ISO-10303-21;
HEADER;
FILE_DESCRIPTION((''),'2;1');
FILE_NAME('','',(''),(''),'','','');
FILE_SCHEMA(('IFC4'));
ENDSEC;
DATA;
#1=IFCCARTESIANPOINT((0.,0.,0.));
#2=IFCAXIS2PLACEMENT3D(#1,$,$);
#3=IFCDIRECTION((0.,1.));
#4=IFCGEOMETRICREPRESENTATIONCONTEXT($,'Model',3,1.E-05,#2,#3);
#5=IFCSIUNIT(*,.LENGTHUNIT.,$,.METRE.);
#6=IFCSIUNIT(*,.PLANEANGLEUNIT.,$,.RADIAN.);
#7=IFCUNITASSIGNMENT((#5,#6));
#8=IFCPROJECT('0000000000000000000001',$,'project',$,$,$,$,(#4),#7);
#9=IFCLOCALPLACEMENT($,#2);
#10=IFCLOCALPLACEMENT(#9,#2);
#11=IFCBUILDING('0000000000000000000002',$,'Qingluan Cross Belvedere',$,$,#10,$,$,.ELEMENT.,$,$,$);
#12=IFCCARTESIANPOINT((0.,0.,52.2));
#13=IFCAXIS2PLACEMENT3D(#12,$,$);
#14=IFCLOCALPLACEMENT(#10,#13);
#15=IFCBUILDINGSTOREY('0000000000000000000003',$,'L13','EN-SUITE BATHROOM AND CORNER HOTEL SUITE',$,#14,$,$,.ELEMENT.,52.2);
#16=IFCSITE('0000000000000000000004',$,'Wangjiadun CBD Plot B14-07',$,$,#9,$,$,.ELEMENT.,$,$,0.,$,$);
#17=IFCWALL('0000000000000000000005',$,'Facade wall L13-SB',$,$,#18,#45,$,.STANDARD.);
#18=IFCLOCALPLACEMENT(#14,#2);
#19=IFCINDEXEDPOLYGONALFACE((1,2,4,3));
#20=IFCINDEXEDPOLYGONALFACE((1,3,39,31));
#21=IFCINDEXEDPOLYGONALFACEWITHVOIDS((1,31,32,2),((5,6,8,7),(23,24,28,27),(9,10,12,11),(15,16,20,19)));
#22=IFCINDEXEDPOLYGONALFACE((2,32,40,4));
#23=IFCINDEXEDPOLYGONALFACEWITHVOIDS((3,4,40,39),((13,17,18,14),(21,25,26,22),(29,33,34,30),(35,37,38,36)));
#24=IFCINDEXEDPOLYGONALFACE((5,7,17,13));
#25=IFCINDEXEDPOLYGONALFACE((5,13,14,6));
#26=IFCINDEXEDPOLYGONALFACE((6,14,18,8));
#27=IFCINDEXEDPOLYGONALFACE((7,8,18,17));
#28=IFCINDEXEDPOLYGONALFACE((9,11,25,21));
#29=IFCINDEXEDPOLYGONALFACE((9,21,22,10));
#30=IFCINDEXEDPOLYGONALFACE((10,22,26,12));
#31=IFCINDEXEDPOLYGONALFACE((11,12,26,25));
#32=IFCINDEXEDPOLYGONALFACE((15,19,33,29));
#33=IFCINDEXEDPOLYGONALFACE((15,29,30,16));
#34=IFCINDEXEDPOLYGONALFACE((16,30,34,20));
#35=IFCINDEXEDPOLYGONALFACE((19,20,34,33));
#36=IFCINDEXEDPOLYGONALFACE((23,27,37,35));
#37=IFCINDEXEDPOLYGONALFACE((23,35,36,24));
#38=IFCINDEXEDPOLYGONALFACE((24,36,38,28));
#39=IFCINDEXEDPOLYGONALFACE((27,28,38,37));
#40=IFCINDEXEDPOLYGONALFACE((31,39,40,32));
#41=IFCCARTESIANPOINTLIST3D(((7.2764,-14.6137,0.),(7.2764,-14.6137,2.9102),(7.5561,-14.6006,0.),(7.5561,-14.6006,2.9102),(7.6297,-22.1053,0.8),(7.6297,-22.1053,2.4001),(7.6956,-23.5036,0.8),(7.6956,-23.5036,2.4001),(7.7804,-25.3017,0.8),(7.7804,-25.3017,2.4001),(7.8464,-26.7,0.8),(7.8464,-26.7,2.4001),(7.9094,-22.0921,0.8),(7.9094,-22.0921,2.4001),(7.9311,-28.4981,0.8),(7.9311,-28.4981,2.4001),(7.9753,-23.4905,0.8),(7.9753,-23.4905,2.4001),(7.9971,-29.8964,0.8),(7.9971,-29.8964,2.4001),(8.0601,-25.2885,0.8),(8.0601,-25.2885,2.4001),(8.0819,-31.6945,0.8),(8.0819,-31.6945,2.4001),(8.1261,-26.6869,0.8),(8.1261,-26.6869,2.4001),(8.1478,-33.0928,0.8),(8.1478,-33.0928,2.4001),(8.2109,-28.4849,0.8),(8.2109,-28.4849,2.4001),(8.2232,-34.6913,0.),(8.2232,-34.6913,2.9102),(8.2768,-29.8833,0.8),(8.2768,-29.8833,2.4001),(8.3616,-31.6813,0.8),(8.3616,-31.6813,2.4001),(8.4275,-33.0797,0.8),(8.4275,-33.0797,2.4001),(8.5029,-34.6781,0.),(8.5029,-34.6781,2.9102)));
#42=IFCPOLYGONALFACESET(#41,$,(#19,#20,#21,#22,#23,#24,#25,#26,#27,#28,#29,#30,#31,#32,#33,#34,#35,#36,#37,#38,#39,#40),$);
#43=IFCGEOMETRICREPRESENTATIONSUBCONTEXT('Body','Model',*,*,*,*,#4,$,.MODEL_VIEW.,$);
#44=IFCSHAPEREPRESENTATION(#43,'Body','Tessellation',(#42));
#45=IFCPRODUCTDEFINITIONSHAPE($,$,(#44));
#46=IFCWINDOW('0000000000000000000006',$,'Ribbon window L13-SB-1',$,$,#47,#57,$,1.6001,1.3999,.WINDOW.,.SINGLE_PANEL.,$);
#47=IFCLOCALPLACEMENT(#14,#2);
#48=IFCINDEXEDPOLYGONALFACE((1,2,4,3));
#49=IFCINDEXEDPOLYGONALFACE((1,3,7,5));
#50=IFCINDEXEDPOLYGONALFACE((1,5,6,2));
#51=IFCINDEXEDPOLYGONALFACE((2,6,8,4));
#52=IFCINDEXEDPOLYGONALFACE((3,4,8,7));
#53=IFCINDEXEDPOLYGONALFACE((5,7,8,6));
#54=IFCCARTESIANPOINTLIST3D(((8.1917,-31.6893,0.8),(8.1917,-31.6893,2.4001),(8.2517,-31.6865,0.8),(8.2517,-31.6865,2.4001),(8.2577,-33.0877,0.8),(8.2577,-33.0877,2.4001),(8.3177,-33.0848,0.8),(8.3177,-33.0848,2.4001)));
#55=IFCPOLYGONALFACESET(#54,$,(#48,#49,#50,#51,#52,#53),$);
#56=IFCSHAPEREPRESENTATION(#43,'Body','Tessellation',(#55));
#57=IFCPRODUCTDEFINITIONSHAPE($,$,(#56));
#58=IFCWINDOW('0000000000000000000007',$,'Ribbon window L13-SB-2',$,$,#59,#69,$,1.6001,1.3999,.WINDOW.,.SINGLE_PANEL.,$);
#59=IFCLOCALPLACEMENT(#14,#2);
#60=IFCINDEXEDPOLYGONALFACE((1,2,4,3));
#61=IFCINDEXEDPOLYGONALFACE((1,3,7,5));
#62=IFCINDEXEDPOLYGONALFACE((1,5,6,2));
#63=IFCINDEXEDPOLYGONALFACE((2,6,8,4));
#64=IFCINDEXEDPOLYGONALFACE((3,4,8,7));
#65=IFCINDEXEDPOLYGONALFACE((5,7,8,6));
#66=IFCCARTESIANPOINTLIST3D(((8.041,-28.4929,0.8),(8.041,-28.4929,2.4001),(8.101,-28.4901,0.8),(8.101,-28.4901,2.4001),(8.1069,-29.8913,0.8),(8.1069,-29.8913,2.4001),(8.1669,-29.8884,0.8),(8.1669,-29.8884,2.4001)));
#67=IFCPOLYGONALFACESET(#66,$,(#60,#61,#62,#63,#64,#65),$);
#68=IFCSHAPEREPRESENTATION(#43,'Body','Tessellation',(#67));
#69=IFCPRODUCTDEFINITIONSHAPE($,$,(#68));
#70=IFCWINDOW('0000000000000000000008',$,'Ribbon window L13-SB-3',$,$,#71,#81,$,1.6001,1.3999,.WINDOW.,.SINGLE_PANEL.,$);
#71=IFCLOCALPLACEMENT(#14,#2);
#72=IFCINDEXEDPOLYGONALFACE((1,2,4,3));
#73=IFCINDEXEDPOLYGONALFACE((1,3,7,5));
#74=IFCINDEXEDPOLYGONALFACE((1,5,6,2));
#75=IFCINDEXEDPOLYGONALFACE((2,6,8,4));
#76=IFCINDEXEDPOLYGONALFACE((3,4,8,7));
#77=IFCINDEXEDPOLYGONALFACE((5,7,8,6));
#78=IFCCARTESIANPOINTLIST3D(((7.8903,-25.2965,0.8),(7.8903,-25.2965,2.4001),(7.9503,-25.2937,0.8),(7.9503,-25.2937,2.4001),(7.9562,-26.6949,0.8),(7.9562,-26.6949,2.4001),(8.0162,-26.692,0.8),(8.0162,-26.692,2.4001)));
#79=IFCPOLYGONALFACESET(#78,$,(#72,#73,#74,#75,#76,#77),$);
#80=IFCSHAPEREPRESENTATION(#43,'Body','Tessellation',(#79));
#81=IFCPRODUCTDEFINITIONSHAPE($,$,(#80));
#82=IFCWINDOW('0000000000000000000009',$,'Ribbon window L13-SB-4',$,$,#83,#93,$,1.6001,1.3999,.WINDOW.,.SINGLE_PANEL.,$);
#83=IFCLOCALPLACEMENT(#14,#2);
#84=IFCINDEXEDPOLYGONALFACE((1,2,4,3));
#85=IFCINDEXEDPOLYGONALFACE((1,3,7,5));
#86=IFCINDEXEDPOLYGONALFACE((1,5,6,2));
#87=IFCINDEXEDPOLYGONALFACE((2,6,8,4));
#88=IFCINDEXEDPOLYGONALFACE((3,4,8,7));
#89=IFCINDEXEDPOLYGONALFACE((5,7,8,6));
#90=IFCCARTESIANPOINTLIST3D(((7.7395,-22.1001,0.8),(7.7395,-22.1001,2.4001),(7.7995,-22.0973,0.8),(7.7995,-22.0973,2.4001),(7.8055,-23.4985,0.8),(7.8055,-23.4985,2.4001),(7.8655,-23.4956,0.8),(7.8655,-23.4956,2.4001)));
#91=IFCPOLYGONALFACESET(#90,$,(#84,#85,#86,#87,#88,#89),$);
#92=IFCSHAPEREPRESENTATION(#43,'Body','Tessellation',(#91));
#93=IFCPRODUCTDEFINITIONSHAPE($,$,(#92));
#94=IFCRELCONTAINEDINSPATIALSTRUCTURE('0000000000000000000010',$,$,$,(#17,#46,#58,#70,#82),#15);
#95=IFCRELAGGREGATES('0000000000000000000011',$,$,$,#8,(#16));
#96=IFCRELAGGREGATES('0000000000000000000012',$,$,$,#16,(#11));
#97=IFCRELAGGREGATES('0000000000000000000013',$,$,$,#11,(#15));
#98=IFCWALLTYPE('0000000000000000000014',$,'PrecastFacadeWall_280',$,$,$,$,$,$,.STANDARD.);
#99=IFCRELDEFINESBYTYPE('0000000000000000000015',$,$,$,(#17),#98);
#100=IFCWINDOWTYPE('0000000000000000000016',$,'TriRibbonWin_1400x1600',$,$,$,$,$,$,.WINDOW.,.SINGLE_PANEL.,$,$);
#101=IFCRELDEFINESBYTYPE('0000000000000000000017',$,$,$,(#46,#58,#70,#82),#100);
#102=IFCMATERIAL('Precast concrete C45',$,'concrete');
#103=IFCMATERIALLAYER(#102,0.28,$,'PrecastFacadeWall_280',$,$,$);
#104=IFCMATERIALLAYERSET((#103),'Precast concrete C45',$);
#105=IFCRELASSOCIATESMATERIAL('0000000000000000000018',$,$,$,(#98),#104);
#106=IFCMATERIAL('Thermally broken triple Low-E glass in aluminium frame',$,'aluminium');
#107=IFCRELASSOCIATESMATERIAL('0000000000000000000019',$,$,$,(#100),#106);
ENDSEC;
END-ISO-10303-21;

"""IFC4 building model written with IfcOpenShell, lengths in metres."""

from ifc_helpers import new_model, si_unit, direction, frame, frame_2d, origin, place, context, subcontext, project, spatial, rectangle, extrude, material, layer, layer_set, type_object, element, fill, save


model = new_model("IFC4")

# Units and contexts
model_context = context("Model", 3, precision=1e-05, world=origin(), true_north=direction((0.0, 1.0)))
body_context = subcontext(model_context, "Body", "Model", "MODEL_VIEW")
ifc_project = project(units=[si_unit("LENGTHUNIT", "METRE"), si_unit("PLANEANGLEUNIT", "RADIAN")], contexts=[model_context])

# Site, building, storey
site_placement = place(None, origin())
site = spatial("IfcSite", under=ifc_project, at=site_placement, Name="Wangjiadun CBD Plot B14-07", CompositionType="ELEMENT", RefElevation=0.0)
building_placement = place(site_placement, origin())
building = spatial("IfcBuilding", under=site, at=building_placement, Name="Qingluan Cross Belvedere", CompositionType="ELEMENT")
storey_placement = place(building_placement, frame((0.0, 0.0, 52.2)))
storey = spatial("IfcBuildingStorey", under=building, at=storey_placement, Name="L13", Description="EN-SUITE BATHROOM AND CORNER HOTEL SUITE", CompositionType="ELEMENT", Elevation=52.2)

# Wall, openings, windows
ifc_material_1 = material(Name="Precast concrete C45", Category="concrete")
ifc_layer_1 = layer(ifc_material_1, 0.28, Name="PrecastFacadeWall_280")
ifc_layer_set_1 = layer_set([ifc_layer_1], Name="Precast concrete C45")
wall_type_1 = type_object("IfcWallType", Name="PrecastFacadeWall_280", PredefinedType="STANDARD", material=ifc_layer_set_1)
wall_1_placement = place(storey_placement, frame((8.363, -34.6846, 0.0), z_axis=(0.0, 0.0, 1.0), x_axis=(-0.047103, 0.99889, 0.0)))
wall_1 = element("IfcWall", 1, at=wall_1_placement, inside=storey, type_object=wall_type_1, Name="Facade wall L13-SB", PredefinedType="STANDARD", context=body_context, shape_type="SweptSolid", body=[
    extrude(rectangle(XDim=20.0999, YDim=0.28, at=frame_2d((10.0498, 0.0))), origin(), (0.0, 0.0, 1.0), 2.9102),
])
opening_1_placement = place(wall_1_placement, frame((1.6001, 0.0, 0.8)))
opening_1 = element("IfcOpeningElement", 2, at=opening_1_placement, cuts=wall_1, PredefinedType="OPENING", context=body_context, shape_type="SweptSolid", body=[
    extrude(rectangle(XDim=1.3999, YDim=1.6001, at=frame_2d((0.7, 0.8))), frame((0.0, 0.1499, 0.0), z_axis=(0.0, -1.0, 0.0), x_axis=(1.0, 0.0, 0.0)), (0.0, 0.0, 1.0), 0.3),
])
opening_2_placement = place(wall_1_placement, frame((4.8, 0.0, 0.8)))
opening_2 = element("IfcOpeningElement", 3, at=opening_2_placement, cuts=wall_1, PredefinedType="OPENING", context=body_context, shape_type="SweptSolid", body=[
    extrude(rectangle(XDim=1.3999, YDim=1.6001, at=frame_2d((0.7, 0.8))), frame((0.0, 0.1499, 0.0), z_axis=(0.0, -1.0, 0.0), x_axis=(1.0, 0.0, 0.0)), (0.0, 0.0, 1.0), 0.3),
])
opening_3_placement = place(wall_1_placement, frame((8.0, 0.0, 0.8)))
opening_3 = element("IfcOpeningElement", 4, at=opening_3_placement, cuts=wall_1, PredefinedType="OPENING", context=body_context, shape_type="SweptSolid", body=[
    extrude(rectangle(XDim=1.3999, YDim=1.6001, at=frame_2d((0.7, 0.8))), frame((0.0, 0.1499, 0.0), z_axis=(0.0, -1.0, 0.0), x_axis=(1.0, 0.0, 0.0)), (0.0, 0.0, 1.0), 0.3),
])
opening_4_placement = place(wall_1_placement, frame((11.2, 0.0, 0.8)))
opening_4 = element("IfcOpeningElement", 5, at=opening_4_placement, cuts=wall_1, PredefinedType="OPENING", context=body_context, shape_type="SweptSolid", body=[
    extrude(rectangle(XDim=1.3999, YDim=1.6001, at=frame_2d((0.7, 0.8))), frame((0.0, 0.1499, 0.0), z_axis=(0.0, -1.0, 0.0), x_axis=(1.0, 0.0, 0.0)), (0.0, 0.0, 1.0), 0.3),
])
ifc_material_2 = material(Name="Thermally broken triple Low-E glass in aluminium frame", Category="aluminium")
window_type = type_object("IfcWindowType", Name="TriRibbonWin_1400x1600", PartitioningType="SINGLE_PANEL", PredefinedType="WINDOW", material=ifc_material_2)
window_1_placement = place(opening_1_placement, origin())
window_1 = element("IfcWindow", 6, at=window_1_placement, inside=storey, type_object=window_type, Name="Ribbon window L13-SB-1", OverallHeight=1.6001, OverallWidth=1.3999, PartitioningType="SINGLE_PANEL", PredefinedType="WINDOW", context=body_context, shape_type="SweptSolid", body=[
    extrude(rectangle(XDim=1.3999, YDim=1.6001, at=frame_2d((0.7, 0.8))), frame((0.0, 0.03, 0.0), z_axis=(0.0, -1.0, 0.0), x_axis=(1.0, 0.0, 0.0)), (0.0, 0.0, 1.0), 0.0601),
])
fill(opening_1, window_1)
window_2_placement = place(opening_2_placement, origin())
window_2 = element("IfcWindow", 7, at=window_2_placement, inside=storey, type_object=window_type, Name="Ribbon window L13-SB-2", OverallHeight=1.6001, OverallWidth=1.3999, PartitioningType="SINGLE_PANEL", PredefinedType="WINDOW", context=body_context, shape_type="SweptSolid", body=[
    extrude(rectangle(XDim=1.3999, YDim=1.6001, at=frame_2d((0.7, 0.8))), frame((0.0, 0.03, 0.0), z_axis=(0.0, -1.0, 0.0), x_axis=(1.0, 0.0, 0.0)), (0.0, 0.0, 1.0), 0.0601),
])
fill(opening_2, window_2)
window_3_placement = place(opening_3_placement, origin())
window_3 = element("IfcWindow", 8, at=window_3_placement, inside=storey, type_object=window_type, Name="Ribbon window L13-SB-3", OverallHeight=1.6001, OverallWidth=1.3999, PartitioningType="SINGLE_PANEL", PredefinedType="WINDOW", context=body_context, shape_type="SweptSolid", body=[
    extrude(rectangle(XDim=1.3999, YDim=1.6001, at=frame_2d((0.7, 0.8))), frame((0.0, 0.03, 0.0), z_axis=(0.0, -1.0, 0.0), x_axis=(1.0, 0.0, 0.0)), (0.0, 0.0, 1.0), 0.0601),
])
fill(opening_3, window_3)
window_4_placement = place(opening_4_placement, origin())
window_4 = element("IfcWindow", 9, at=window_4_placement, inside=storey, type_object=window_type, Name="Ribbon window L13-SB-4", OverallHeight=1.6001, OverallWidth=1.3999, PartitioningType="SINGLE_PANEL", PredefinedType="WINDOW", context=body_context, shape_type="SweptSolid", body=[
    extrude(rectangle(XDim=1.3999, YDim=1.6001, at=frame_2d((0.7, 0.8))), frame((0.0, 0.03, 0.0), z_axis=(0.0, -1.0, 0.0), x_axis=(1.0, 0.0, 0.0)), (0.0, 0.0, 1.0), 0.0601),
])
fill(opening_4, window_4)

save(model, "model.ifc")
